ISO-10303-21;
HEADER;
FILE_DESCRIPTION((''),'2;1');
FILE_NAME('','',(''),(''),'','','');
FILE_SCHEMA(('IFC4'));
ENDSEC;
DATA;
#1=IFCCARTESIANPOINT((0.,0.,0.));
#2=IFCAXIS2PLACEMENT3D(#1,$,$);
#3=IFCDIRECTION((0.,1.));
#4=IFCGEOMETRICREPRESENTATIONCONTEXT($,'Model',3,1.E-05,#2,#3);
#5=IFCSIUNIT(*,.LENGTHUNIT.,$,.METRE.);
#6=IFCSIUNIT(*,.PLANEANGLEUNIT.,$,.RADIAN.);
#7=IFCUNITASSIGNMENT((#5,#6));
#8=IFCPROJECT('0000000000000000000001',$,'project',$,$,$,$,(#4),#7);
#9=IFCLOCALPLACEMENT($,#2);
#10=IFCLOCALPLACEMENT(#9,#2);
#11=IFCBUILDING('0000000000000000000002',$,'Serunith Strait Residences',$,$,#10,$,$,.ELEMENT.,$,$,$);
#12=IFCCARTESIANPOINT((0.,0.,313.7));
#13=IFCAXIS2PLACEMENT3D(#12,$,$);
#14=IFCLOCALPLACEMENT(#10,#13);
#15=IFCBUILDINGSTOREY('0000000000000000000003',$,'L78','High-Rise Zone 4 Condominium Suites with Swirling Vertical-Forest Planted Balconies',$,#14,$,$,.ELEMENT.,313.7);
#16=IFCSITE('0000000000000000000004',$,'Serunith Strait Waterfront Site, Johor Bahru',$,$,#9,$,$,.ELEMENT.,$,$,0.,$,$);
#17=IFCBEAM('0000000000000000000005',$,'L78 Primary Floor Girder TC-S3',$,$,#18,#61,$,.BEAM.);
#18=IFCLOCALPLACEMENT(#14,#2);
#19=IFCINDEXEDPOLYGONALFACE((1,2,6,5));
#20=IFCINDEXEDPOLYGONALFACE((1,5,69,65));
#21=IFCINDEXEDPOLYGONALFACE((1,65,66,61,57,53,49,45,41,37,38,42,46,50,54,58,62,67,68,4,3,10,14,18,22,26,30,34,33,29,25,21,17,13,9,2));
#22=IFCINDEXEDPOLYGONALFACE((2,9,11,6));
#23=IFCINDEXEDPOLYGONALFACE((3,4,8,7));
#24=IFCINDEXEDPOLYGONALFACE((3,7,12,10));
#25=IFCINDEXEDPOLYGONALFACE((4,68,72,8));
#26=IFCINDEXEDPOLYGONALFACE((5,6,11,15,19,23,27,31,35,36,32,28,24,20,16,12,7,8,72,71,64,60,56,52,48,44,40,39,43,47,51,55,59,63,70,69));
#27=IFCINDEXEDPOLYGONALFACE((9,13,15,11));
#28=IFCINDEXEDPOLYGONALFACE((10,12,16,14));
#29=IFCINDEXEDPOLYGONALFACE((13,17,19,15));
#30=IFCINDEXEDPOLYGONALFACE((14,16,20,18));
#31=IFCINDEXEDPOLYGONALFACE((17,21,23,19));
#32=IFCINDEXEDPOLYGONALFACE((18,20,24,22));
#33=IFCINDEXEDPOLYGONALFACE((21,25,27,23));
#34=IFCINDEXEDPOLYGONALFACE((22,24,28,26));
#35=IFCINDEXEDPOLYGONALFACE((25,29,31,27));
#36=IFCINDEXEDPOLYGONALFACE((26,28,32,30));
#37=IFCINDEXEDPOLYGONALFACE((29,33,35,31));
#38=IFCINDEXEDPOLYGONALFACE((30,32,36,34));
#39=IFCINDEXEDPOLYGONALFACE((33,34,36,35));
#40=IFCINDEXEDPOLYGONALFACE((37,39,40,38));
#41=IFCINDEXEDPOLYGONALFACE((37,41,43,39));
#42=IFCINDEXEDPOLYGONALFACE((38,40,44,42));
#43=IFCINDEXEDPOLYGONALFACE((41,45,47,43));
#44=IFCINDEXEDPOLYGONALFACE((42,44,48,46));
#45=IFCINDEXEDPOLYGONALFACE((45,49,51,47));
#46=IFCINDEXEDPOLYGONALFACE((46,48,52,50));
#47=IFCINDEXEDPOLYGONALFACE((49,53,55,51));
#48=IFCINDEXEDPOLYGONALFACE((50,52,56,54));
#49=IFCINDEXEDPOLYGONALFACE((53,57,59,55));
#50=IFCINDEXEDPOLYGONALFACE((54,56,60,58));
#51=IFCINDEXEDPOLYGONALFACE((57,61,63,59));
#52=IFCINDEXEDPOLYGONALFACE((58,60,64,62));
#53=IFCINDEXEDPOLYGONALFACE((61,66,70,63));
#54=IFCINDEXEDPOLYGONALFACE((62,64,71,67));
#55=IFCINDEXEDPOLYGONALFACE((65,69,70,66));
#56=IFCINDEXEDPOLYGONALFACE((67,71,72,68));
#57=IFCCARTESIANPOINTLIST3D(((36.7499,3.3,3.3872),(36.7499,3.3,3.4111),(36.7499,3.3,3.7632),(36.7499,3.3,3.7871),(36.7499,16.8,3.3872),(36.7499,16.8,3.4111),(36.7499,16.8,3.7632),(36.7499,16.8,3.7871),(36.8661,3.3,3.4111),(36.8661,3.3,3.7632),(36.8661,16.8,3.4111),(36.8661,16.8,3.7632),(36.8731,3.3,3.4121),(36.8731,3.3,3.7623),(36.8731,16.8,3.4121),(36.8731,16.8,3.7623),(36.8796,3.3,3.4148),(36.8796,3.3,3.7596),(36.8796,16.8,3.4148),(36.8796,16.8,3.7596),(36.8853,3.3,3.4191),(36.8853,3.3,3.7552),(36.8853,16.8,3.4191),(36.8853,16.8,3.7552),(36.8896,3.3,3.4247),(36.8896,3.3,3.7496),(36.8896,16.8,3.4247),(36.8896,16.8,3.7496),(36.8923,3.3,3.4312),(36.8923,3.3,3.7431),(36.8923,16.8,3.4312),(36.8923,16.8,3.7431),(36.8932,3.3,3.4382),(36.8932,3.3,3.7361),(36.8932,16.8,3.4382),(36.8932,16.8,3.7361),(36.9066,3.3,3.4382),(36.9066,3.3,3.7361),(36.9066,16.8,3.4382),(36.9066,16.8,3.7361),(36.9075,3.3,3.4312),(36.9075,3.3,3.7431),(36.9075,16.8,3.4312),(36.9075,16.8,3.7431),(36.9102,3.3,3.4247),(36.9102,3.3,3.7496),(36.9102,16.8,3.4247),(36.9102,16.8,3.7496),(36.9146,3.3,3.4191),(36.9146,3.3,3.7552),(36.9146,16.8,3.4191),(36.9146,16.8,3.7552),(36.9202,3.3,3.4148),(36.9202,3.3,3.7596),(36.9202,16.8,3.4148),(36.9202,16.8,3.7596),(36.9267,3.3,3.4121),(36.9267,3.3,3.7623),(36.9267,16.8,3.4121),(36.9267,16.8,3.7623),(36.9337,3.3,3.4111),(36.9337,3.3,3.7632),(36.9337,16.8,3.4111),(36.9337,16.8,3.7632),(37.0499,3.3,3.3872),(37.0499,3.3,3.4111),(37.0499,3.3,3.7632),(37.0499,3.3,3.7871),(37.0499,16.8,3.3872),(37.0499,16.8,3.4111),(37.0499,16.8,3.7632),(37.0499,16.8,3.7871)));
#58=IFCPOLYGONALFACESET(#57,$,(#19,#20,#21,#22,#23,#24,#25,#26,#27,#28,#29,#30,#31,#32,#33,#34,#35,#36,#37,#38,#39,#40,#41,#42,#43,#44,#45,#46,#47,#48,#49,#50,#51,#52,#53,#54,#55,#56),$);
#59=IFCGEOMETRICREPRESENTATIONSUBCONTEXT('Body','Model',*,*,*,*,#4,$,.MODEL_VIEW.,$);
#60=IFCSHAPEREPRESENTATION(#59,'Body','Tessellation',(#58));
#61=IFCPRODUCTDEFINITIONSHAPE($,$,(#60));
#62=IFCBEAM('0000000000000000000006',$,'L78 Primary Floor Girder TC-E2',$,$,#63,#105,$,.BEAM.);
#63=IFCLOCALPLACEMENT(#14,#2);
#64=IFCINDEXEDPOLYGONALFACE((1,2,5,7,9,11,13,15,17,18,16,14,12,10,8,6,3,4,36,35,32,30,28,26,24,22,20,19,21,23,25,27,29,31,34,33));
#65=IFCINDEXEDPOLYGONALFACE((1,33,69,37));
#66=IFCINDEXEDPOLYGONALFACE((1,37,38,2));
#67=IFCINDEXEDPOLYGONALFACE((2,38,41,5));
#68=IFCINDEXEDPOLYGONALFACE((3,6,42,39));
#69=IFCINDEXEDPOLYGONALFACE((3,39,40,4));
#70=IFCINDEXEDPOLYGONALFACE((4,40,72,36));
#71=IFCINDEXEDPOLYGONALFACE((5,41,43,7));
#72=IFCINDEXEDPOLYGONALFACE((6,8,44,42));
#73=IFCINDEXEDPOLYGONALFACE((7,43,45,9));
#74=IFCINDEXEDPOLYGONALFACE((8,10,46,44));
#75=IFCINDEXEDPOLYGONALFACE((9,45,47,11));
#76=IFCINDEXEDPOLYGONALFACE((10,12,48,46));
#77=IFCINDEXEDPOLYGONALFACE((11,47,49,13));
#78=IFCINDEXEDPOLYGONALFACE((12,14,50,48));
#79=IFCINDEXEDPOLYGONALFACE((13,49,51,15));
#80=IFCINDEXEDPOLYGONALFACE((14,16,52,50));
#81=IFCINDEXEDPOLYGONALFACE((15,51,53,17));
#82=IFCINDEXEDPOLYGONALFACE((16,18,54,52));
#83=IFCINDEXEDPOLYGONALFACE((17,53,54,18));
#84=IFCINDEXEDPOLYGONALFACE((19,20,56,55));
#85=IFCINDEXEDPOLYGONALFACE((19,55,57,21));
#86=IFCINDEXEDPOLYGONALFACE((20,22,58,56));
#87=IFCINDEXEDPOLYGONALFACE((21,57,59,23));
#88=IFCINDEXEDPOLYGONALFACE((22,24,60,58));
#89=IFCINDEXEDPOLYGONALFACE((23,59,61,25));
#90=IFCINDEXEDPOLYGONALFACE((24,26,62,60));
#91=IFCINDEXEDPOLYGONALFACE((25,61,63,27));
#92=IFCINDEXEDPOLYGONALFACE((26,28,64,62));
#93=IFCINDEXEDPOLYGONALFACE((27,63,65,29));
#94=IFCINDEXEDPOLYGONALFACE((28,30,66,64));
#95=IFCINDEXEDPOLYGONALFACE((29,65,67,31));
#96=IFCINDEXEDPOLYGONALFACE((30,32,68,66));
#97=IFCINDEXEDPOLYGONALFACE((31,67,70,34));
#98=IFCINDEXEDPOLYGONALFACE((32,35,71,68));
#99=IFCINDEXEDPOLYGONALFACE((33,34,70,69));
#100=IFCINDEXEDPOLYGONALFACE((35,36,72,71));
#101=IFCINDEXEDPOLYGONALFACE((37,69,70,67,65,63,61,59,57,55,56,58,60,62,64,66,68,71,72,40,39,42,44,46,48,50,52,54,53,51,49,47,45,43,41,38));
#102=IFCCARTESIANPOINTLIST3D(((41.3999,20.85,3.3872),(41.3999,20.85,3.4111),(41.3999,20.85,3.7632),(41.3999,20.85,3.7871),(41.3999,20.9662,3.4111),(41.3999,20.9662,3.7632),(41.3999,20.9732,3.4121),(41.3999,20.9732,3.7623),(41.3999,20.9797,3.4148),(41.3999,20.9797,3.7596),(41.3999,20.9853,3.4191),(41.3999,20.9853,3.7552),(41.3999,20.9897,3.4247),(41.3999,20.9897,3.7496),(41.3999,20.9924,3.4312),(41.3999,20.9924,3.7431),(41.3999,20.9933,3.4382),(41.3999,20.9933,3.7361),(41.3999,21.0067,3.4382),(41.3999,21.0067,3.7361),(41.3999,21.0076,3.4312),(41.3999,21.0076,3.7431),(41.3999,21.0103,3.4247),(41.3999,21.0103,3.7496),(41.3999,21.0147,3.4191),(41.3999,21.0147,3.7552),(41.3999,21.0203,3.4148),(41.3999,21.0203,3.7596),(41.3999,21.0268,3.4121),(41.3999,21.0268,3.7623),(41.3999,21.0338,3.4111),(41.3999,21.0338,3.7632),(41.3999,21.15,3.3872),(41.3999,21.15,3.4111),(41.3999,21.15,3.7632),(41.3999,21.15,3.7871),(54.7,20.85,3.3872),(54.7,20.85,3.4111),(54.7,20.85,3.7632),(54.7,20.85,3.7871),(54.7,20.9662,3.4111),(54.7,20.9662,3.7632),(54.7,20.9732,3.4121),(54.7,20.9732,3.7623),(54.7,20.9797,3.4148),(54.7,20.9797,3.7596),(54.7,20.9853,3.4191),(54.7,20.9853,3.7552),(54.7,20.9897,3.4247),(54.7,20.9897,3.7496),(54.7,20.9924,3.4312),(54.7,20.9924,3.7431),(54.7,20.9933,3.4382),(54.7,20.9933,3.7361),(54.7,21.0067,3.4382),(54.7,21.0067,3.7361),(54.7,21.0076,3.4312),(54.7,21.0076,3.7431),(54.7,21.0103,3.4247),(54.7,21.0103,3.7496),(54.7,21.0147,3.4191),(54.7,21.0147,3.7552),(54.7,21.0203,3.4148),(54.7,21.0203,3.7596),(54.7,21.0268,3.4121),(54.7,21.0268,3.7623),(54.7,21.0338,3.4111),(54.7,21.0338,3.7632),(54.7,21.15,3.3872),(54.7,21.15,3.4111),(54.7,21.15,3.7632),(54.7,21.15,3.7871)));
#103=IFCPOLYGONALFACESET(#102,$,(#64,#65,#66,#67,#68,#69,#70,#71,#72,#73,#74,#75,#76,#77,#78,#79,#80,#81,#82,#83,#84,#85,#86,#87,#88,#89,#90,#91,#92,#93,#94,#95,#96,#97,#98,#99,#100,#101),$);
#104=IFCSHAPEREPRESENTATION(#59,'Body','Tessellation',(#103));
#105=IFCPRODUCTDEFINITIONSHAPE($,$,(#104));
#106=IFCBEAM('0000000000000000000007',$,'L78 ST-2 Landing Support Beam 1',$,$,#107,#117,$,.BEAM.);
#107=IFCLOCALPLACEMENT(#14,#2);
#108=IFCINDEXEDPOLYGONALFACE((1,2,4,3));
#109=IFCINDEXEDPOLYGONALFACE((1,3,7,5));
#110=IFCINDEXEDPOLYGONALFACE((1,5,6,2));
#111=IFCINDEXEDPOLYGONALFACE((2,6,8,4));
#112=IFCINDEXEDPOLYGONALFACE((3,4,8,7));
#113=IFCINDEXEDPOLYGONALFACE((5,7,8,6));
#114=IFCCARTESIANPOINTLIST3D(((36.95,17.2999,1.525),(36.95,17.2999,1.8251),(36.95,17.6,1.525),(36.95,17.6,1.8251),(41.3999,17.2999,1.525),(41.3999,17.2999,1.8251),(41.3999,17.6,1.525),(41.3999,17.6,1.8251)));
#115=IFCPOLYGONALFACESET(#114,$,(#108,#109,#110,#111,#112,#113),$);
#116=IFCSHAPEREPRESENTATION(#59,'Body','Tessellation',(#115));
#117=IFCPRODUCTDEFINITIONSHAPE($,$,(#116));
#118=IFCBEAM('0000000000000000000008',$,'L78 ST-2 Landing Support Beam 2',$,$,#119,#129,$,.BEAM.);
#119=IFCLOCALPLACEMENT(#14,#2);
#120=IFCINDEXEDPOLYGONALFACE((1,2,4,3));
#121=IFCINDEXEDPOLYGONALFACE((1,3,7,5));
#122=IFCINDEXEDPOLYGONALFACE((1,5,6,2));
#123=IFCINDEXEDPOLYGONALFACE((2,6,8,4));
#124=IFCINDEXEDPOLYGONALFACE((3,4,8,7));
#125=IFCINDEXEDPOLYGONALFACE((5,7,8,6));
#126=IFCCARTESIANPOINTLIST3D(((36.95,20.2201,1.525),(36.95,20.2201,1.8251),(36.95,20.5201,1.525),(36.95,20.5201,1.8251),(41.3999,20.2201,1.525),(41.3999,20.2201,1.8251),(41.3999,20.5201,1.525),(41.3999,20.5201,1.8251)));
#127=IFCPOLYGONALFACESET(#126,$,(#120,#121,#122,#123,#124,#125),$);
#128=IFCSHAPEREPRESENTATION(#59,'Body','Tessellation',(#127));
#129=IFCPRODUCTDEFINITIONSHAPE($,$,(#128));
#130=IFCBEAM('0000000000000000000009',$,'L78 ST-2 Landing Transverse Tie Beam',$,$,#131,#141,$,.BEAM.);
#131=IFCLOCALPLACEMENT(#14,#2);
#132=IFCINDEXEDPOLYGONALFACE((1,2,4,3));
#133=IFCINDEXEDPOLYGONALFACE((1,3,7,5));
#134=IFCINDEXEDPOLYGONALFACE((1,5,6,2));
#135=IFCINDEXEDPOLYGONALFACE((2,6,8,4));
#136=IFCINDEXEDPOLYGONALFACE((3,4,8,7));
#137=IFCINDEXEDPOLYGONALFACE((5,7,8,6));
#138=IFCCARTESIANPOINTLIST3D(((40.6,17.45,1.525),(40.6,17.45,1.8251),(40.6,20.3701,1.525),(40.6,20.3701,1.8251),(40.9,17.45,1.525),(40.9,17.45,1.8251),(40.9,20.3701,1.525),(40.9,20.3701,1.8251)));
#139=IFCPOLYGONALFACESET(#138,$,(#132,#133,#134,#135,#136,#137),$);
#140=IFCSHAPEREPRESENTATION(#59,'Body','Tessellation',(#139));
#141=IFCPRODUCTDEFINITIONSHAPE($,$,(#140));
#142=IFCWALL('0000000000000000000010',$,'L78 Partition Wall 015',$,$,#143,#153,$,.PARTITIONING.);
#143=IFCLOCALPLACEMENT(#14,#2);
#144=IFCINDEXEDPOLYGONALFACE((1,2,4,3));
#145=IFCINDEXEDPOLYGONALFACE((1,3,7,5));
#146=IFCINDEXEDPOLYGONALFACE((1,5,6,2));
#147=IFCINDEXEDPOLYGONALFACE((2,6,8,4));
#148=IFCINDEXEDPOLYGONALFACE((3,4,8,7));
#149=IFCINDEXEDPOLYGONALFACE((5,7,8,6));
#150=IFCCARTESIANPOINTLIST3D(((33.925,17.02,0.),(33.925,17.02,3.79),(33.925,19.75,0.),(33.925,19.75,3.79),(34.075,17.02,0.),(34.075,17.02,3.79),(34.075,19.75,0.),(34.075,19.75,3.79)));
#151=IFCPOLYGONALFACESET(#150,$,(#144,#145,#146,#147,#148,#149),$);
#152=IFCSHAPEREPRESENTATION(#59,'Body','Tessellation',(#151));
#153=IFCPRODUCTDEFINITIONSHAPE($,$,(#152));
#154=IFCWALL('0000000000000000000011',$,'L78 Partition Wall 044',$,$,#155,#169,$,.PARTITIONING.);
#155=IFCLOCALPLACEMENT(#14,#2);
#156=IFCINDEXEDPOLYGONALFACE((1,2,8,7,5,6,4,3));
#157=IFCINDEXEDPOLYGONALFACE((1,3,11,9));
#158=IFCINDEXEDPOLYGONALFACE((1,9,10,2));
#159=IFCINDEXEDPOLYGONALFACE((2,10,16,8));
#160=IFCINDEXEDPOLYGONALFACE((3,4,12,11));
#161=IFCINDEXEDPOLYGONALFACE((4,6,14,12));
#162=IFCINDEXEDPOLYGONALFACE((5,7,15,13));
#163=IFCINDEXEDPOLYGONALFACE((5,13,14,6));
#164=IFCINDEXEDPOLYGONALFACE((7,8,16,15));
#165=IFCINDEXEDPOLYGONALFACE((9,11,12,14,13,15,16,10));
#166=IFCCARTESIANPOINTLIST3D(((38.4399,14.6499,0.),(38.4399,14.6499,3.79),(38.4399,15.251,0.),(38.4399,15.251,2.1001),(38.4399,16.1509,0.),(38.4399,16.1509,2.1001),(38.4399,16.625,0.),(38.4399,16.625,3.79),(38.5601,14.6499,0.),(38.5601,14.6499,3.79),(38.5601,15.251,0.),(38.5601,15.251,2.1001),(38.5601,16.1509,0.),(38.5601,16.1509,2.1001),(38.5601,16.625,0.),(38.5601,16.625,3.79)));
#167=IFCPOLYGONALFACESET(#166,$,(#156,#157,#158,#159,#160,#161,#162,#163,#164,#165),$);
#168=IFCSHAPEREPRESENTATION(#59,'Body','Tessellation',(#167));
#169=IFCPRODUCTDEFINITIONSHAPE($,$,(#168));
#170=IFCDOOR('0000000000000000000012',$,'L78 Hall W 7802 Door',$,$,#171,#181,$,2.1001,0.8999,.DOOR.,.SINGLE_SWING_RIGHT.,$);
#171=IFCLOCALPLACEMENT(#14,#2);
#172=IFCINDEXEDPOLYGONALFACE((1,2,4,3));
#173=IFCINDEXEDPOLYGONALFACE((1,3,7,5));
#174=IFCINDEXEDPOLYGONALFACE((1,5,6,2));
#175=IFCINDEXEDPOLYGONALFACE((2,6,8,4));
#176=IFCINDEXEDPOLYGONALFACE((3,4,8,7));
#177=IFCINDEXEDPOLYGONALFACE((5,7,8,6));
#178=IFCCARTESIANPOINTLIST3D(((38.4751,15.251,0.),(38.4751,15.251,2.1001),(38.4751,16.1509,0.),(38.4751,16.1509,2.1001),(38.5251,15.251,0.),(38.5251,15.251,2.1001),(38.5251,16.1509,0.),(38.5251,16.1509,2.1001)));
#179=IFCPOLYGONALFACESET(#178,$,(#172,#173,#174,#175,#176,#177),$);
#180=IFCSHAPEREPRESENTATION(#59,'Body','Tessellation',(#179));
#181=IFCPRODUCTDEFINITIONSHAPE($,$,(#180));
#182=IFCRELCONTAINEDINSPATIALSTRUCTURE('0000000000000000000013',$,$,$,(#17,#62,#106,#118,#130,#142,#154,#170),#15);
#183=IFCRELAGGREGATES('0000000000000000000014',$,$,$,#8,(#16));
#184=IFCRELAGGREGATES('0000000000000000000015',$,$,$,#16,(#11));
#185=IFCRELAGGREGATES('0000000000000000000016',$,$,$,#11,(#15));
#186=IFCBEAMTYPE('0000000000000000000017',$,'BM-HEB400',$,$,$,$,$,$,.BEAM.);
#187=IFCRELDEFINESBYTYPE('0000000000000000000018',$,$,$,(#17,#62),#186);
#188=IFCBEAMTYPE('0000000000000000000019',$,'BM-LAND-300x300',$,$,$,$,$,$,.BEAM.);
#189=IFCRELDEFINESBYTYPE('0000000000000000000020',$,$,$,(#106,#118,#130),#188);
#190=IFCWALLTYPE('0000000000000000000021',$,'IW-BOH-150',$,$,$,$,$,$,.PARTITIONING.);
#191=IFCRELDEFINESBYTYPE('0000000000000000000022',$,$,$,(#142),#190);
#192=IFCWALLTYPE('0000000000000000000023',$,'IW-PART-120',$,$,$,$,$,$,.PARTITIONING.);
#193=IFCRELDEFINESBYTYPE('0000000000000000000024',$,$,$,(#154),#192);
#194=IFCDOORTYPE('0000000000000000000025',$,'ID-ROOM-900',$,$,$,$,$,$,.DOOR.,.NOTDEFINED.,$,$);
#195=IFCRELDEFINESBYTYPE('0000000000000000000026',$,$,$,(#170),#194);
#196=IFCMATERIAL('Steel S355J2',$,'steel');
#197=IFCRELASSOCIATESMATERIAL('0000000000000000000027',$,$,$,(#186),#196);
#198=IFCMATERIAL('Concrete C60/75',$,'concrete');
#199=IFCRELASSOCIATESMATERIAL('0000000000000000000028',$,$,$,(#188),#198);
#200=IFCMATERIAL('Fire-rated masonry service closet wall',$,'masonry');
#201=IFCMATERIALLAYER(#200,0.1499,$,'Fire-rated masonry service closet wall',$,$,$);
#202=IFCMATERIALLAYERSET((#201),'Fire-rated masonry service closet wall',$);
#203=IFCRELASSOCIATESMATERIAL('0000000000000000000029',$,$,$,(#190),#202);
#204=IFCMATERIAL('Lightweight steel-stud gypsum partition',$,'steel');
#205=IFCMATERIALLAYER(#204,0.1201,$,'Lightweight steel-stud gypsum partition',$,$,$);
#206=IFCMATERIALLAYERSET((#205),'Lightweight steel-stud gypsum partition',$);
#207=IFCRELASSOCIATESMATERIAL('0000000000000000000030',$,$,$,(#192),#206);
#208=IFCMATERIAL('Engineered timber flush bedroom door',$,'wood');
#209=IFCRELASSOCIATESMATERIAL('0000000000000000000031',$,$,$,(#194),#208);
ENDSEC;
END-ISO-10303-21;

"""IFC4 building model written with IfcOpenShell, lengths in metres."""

from ifc_helpers import new_model, si_unit, direction, frame, frame_2d, origin, origin_2d, place, context, subcontext, project, spatial, rectangle, i_section, extrude, source, transform, mapped, material, layer, layer_set, material_profile, profile_set, type_object, element, fill, save


model = new_model("IFC4")

# Units and contexts
model_context = context("Model", 3, precision=1e-05, world=origin(), true_north=direction((0.0, 1.0)))
body_context = subcontext(model_context, "Body", "Model", "MODEL_VIEW")
ifc_project = project(units=[si_unit("LENGTHUNIT", "METRE"), si_unit("PLANEANGLEUNIT", "RADIAN")], contexts=[model_context])

# Site, building, storey
site_placement = place(None, origin())
site = spatial("IfcSite", under=ifc_project, at=site_placement, Name="Serunith Strait Waterfront Site, Johor Bahru", CompositionType="ELEMENT", RefElevation=0.0)
building_placement = place(site_placement, origin())
building = spatial("IfcBuilding", under=site, at=building_placement, Name="Serunith Strait Residences", CompositionType="ELEMENT")
storey_placement = place(building_placement, frame((0.0, 0.0, 313.7)))
storey = spatial("IfcBuildingStorey", under=building, at=storey_placement, Name="L78", Description="High-Rise Zone 4 Condominium Suites with Swirling Vertical-Forest Planted Balconies", CompositionType="ELEMENT", Elevation=313.7)

# Beams
ifc_material_1 = material(Name="Steel S355J2", Category="steel")
ifc_material_profile_1 = material_profile(ifc_material_1, i_section(OverallWidth=0.3, OverallDepth=0.3999, WebThickness=0.0134, FlangeThickness=0.0239, FilletRadius=0.0271, at=origin_2d()), Name="HEB 400")
ifc_profile_set_1 = profile_set([ifc_material_profile_1], Name="Steel S355J2")
beam_type_1 = type_object("IfcBeamType", Name="BM-HEB400", PredefinedType="BEAM", material=ifc_profile_set_1)
shared_shape_1 = source(origin(), body_context, "Body", "SweptSolid", [
    extrude(i_section(OverallWidth=0.3, OverallDepth=0.3999, WebThickness=0.0134, FlangeThickness=0.0239, FilletRadius=0.0271, at=origin_2d()), origin(), (0.0, 0.0, 1.0), 13.5),
])
beam_1_placement = place(storey_placement, frame((36.8999, 16.8, 3.5872), z_axis=(0.0, -1.0, 0.0), x_axis=(1.0, 0.0, 0.0)))
element("IfcBeam", 1, at=beam_1_placement, inside=storey, type_object=beam_type_1, Name="L78 Primary Floor Girder TC-S3", PredefinedType="BEAM", context=body_context, shape_type="MappedRepresentation", body=[
    mapped(shared_shape_1, transform((0.0, 0.0, 0.0), scale=1.0)),
])
shared_shape_2 = source(origin(), body_context, "Body", "SweptSolid", [
    extrude(i_section(OverallWidth=0.3, OverallDepth=0.3999, WebThickness=0.0134, FlangeThickness=0.0239, FilletRadius=0.0271, at=origin_2d()), origin(), (0.0, 0.0, 1.0), 13.3),
])
beam_2_placement = place(storey_placement, frame((41.3999, 21.0, 3.5872), z_axis=(1.0, 0.0, 0.0), x_axis=(0.0, 1.0, 0.0)))
element("IfcBeam", 2, at=beam_2_placement, inside=storey, type_object=beam_type_1, Name="L78 Primary Floor Girder TC-E2", PredefinedType="BEAM", context=body_context, shape_type="MappedRepresentation", body=[
    mapped(shared_shape_2, transform((0.0, 0.0, 0.0), scale=1.0)),
])
ifc_material_2 = material(Name="Concrete C60/75", Category="concrete")
ifc_material_profile_2 = material_profile(ifc_material_2, rectangle(XDim=0.3, YDim=0.3, at=origin_2d()), Name="RC 300x300")
ifc_profile_set_2 = profile_set([ifc_material_profile_2], Name="Concrete C60/75")
beam_type_2 = type_object("IfcBeamType", Name="BM-LAND-300x300", PredefinedType="BEAM", material=ifc_profile_set_2)
shared_shape_3 = source(origin(), body_context, "Body", "SweptSolid", [
    extrude(rectangle(XDim=0.3, YDim=0.3, at=origin_2d()), origin(), (0.0, 0.0, 1.0), 4.45),
])
for number, where, z_axis, x_axis, name in (
    (3, (36.95, 17.45, 1.675), (1.0, 0.0, 0.0), (0.0, 1.0, 0.0), "L78 ST-2 Landing Support Beam 1"),
    (4, (36.95, 20.3701, 1.675), (1.0, 0.0, 0.0), (0.0, 1.0, 0.0), "L78 ST-2 Landing Support Beam 2"),
):
    element("IfcBeam", number, at=place(storey_placement, frame(where, z_axis=z_axis, x_axis=x_axis)), inside=storey, type_object=beam_type_2, Name=name, PredefinedType="BEAM", context=body_context, shape_type="MappedRepresentation", body=[
        mapped(shared_shape_3, transform((0.0, 0.0, 0.0), scale=1.0)),
    ])
shared_shape_4 = source(origin(), body_context, "Body", "SweptSolid", [
    extrude(rectangle(XDim=0.3, YDim=0.3, at=origin_2d()), origin(), (0.0, 0.0, 1.0), 2.9202),
])
beam_3_placement = place(storey_placement, frame((40.75, 17.45, 1.675), z_axis=(0.0, 1.0, 0.0), x_axis=(-1.0, 0.0, 0.0)))
element("IfcBeam", 5, at=beam_3_placement, inside=storey, type_object=beam_type_2, Name="L78 ST-2 Landing Transverse Tie Beam", PredefinedType="BEAM", context=body_context, shape_type="MappedRepresentation", body=[
    mapped(shared_shape_4, transform((0.0, 0.0, 0.0), scale=1.0)),
])

# Wall
ifc_material_3 = material(Name="Fire-rated masonry service closet wall", Category="masonry")
ifc_layer_1 = layer(ifc_material_3, 0.1499, Name="Fire-rated masonry service closet wall")
ifc_layer_set_1 = layer_set([ifc_layer_1], Name="Fire-rated masonry service closet wall")
wall_type_1 = type_object("IfcWallType", Name="IW-BOH-150", PredefinedType="PARTITIONING", material=ifc_layer_set_1)
wall_1_placement = place(storey_placement, frame((34.0, 17.02, 0.0), z_axis=(0.0, 0.0, 1.0), x_axis=(0.0, 1.0, 0.0)))
element("IfcWall", 6, at=wall_1_placement, inside=storey, type_object=wall_type_1, Name="L78 Partition Wall 015", PredefinedType="PARTITIONING", context=body_context, shape_type="SweptSolid", body=[
    extrude(rectangle(XDim=2.73, YDim=0.1499, at=frame_2d((1.365, 0.0))), origin(), (0.0, 0.0, 1.0), 3.79),
])

# Wall, opening, door
ifc_material_4 = material(Name="Lightweight steel-stud gypsum partition", Category="steel")
ifc_layer_2 = layer(ifc_material_4, 0.1201, Name="Lightweight steel-stud gypsum partition")
ifc_layer_set_2 = layer_set([ifc_layer_2], Name="Lightweight steel-stud gypsum partition")
wall_type_2 = type_object("IfcWallType", Name="IW-PART-120", PredefinedType="PARTITIONING", material=ifc_layer_set_2)
wall_2_placement = place(storey_placement, frame((38.5, 14.6499, 0.0), z_axis=(0.0, 0.0, 1.0), x_axis=(0.0, 1.0, 0.0)))
wall_2 = element("IfcWall", 7, at=wall_2_placement, inside=storey, type_object=wall_type_2, Name="L78 Partition Wall 044", PredefinedType="PARTITIONING", context=body_context, shape_type="SweptSolid", body=[
    extrude(rectangle(XDim=1.9751, YDim=0.1201, at=frame_2d((0.9875, 0.0))), origin(), (0.0, 0.0, 1.0), 3.79),
])
opening_1_placement = place(wall_2_placement, frame((0.6011, 0.0, 0.0)))
opening_1 = element("IfcOpeningElement", 8, at=opening_1_placement, cuts=wall_2, PredefinedType="OPENING", context=body_context, shape_type="SweptSolid", body=[
    extrude(rectangle(XDim=0.8999, YDim=2.1001, at=frame_2d((0.45, 1.05))), frame((0.0, 0.0701, 0.0), z_axis=(0.0, -1.0, 0.0), x_axis=(1.0, 0.0, 0.0)), (0.0, 0.0, 1.0), 0.1401),
])
ifc_material_5 = material(Name="Engineered timber flush bedroom door", Category="wood")
door_type_1 = type_object("IfcDoorType", Name="ID-ROOM-900", OperationType="NOTDEFINED", PredefinedType="DOOR", material=ifc_material_5)
shared_shape_5 = source(origin(), body_context, "Body", "SweptSolid", [
    extrude(rectangle(XDim=0.8999, YDim=2.1001, at=frame_2d((0.45, 1.05))), frame((0.0, 0.0249, 0.0), z_axis=(0.0, -1.0, 0.0), x_axis=(1.0, 0.0, 0.0)), (0.0, 0.0, 1.0), 0.05),
])
door_1_placement = place(opening_1_placement, origin())
door_1 = element("IfcDoor", 9, at=door_1_placement, inside=storey, type_object=door_type_1, Name="L78 Hall W 7802 Door", OperationType="SINGLE_SWING_RIGHT", OverallHeight=2.1001, OverallWidth=0.8999, PredefinedType="DOOR", context=body_context, shape_type="MappedRepresentation", body=[
    mapped(shared_shape_5, transform((0.0, 0.0, 0.0), scale=1.0)),
])
fill(opening_1, door_1)

save(model, "model.ifc")
